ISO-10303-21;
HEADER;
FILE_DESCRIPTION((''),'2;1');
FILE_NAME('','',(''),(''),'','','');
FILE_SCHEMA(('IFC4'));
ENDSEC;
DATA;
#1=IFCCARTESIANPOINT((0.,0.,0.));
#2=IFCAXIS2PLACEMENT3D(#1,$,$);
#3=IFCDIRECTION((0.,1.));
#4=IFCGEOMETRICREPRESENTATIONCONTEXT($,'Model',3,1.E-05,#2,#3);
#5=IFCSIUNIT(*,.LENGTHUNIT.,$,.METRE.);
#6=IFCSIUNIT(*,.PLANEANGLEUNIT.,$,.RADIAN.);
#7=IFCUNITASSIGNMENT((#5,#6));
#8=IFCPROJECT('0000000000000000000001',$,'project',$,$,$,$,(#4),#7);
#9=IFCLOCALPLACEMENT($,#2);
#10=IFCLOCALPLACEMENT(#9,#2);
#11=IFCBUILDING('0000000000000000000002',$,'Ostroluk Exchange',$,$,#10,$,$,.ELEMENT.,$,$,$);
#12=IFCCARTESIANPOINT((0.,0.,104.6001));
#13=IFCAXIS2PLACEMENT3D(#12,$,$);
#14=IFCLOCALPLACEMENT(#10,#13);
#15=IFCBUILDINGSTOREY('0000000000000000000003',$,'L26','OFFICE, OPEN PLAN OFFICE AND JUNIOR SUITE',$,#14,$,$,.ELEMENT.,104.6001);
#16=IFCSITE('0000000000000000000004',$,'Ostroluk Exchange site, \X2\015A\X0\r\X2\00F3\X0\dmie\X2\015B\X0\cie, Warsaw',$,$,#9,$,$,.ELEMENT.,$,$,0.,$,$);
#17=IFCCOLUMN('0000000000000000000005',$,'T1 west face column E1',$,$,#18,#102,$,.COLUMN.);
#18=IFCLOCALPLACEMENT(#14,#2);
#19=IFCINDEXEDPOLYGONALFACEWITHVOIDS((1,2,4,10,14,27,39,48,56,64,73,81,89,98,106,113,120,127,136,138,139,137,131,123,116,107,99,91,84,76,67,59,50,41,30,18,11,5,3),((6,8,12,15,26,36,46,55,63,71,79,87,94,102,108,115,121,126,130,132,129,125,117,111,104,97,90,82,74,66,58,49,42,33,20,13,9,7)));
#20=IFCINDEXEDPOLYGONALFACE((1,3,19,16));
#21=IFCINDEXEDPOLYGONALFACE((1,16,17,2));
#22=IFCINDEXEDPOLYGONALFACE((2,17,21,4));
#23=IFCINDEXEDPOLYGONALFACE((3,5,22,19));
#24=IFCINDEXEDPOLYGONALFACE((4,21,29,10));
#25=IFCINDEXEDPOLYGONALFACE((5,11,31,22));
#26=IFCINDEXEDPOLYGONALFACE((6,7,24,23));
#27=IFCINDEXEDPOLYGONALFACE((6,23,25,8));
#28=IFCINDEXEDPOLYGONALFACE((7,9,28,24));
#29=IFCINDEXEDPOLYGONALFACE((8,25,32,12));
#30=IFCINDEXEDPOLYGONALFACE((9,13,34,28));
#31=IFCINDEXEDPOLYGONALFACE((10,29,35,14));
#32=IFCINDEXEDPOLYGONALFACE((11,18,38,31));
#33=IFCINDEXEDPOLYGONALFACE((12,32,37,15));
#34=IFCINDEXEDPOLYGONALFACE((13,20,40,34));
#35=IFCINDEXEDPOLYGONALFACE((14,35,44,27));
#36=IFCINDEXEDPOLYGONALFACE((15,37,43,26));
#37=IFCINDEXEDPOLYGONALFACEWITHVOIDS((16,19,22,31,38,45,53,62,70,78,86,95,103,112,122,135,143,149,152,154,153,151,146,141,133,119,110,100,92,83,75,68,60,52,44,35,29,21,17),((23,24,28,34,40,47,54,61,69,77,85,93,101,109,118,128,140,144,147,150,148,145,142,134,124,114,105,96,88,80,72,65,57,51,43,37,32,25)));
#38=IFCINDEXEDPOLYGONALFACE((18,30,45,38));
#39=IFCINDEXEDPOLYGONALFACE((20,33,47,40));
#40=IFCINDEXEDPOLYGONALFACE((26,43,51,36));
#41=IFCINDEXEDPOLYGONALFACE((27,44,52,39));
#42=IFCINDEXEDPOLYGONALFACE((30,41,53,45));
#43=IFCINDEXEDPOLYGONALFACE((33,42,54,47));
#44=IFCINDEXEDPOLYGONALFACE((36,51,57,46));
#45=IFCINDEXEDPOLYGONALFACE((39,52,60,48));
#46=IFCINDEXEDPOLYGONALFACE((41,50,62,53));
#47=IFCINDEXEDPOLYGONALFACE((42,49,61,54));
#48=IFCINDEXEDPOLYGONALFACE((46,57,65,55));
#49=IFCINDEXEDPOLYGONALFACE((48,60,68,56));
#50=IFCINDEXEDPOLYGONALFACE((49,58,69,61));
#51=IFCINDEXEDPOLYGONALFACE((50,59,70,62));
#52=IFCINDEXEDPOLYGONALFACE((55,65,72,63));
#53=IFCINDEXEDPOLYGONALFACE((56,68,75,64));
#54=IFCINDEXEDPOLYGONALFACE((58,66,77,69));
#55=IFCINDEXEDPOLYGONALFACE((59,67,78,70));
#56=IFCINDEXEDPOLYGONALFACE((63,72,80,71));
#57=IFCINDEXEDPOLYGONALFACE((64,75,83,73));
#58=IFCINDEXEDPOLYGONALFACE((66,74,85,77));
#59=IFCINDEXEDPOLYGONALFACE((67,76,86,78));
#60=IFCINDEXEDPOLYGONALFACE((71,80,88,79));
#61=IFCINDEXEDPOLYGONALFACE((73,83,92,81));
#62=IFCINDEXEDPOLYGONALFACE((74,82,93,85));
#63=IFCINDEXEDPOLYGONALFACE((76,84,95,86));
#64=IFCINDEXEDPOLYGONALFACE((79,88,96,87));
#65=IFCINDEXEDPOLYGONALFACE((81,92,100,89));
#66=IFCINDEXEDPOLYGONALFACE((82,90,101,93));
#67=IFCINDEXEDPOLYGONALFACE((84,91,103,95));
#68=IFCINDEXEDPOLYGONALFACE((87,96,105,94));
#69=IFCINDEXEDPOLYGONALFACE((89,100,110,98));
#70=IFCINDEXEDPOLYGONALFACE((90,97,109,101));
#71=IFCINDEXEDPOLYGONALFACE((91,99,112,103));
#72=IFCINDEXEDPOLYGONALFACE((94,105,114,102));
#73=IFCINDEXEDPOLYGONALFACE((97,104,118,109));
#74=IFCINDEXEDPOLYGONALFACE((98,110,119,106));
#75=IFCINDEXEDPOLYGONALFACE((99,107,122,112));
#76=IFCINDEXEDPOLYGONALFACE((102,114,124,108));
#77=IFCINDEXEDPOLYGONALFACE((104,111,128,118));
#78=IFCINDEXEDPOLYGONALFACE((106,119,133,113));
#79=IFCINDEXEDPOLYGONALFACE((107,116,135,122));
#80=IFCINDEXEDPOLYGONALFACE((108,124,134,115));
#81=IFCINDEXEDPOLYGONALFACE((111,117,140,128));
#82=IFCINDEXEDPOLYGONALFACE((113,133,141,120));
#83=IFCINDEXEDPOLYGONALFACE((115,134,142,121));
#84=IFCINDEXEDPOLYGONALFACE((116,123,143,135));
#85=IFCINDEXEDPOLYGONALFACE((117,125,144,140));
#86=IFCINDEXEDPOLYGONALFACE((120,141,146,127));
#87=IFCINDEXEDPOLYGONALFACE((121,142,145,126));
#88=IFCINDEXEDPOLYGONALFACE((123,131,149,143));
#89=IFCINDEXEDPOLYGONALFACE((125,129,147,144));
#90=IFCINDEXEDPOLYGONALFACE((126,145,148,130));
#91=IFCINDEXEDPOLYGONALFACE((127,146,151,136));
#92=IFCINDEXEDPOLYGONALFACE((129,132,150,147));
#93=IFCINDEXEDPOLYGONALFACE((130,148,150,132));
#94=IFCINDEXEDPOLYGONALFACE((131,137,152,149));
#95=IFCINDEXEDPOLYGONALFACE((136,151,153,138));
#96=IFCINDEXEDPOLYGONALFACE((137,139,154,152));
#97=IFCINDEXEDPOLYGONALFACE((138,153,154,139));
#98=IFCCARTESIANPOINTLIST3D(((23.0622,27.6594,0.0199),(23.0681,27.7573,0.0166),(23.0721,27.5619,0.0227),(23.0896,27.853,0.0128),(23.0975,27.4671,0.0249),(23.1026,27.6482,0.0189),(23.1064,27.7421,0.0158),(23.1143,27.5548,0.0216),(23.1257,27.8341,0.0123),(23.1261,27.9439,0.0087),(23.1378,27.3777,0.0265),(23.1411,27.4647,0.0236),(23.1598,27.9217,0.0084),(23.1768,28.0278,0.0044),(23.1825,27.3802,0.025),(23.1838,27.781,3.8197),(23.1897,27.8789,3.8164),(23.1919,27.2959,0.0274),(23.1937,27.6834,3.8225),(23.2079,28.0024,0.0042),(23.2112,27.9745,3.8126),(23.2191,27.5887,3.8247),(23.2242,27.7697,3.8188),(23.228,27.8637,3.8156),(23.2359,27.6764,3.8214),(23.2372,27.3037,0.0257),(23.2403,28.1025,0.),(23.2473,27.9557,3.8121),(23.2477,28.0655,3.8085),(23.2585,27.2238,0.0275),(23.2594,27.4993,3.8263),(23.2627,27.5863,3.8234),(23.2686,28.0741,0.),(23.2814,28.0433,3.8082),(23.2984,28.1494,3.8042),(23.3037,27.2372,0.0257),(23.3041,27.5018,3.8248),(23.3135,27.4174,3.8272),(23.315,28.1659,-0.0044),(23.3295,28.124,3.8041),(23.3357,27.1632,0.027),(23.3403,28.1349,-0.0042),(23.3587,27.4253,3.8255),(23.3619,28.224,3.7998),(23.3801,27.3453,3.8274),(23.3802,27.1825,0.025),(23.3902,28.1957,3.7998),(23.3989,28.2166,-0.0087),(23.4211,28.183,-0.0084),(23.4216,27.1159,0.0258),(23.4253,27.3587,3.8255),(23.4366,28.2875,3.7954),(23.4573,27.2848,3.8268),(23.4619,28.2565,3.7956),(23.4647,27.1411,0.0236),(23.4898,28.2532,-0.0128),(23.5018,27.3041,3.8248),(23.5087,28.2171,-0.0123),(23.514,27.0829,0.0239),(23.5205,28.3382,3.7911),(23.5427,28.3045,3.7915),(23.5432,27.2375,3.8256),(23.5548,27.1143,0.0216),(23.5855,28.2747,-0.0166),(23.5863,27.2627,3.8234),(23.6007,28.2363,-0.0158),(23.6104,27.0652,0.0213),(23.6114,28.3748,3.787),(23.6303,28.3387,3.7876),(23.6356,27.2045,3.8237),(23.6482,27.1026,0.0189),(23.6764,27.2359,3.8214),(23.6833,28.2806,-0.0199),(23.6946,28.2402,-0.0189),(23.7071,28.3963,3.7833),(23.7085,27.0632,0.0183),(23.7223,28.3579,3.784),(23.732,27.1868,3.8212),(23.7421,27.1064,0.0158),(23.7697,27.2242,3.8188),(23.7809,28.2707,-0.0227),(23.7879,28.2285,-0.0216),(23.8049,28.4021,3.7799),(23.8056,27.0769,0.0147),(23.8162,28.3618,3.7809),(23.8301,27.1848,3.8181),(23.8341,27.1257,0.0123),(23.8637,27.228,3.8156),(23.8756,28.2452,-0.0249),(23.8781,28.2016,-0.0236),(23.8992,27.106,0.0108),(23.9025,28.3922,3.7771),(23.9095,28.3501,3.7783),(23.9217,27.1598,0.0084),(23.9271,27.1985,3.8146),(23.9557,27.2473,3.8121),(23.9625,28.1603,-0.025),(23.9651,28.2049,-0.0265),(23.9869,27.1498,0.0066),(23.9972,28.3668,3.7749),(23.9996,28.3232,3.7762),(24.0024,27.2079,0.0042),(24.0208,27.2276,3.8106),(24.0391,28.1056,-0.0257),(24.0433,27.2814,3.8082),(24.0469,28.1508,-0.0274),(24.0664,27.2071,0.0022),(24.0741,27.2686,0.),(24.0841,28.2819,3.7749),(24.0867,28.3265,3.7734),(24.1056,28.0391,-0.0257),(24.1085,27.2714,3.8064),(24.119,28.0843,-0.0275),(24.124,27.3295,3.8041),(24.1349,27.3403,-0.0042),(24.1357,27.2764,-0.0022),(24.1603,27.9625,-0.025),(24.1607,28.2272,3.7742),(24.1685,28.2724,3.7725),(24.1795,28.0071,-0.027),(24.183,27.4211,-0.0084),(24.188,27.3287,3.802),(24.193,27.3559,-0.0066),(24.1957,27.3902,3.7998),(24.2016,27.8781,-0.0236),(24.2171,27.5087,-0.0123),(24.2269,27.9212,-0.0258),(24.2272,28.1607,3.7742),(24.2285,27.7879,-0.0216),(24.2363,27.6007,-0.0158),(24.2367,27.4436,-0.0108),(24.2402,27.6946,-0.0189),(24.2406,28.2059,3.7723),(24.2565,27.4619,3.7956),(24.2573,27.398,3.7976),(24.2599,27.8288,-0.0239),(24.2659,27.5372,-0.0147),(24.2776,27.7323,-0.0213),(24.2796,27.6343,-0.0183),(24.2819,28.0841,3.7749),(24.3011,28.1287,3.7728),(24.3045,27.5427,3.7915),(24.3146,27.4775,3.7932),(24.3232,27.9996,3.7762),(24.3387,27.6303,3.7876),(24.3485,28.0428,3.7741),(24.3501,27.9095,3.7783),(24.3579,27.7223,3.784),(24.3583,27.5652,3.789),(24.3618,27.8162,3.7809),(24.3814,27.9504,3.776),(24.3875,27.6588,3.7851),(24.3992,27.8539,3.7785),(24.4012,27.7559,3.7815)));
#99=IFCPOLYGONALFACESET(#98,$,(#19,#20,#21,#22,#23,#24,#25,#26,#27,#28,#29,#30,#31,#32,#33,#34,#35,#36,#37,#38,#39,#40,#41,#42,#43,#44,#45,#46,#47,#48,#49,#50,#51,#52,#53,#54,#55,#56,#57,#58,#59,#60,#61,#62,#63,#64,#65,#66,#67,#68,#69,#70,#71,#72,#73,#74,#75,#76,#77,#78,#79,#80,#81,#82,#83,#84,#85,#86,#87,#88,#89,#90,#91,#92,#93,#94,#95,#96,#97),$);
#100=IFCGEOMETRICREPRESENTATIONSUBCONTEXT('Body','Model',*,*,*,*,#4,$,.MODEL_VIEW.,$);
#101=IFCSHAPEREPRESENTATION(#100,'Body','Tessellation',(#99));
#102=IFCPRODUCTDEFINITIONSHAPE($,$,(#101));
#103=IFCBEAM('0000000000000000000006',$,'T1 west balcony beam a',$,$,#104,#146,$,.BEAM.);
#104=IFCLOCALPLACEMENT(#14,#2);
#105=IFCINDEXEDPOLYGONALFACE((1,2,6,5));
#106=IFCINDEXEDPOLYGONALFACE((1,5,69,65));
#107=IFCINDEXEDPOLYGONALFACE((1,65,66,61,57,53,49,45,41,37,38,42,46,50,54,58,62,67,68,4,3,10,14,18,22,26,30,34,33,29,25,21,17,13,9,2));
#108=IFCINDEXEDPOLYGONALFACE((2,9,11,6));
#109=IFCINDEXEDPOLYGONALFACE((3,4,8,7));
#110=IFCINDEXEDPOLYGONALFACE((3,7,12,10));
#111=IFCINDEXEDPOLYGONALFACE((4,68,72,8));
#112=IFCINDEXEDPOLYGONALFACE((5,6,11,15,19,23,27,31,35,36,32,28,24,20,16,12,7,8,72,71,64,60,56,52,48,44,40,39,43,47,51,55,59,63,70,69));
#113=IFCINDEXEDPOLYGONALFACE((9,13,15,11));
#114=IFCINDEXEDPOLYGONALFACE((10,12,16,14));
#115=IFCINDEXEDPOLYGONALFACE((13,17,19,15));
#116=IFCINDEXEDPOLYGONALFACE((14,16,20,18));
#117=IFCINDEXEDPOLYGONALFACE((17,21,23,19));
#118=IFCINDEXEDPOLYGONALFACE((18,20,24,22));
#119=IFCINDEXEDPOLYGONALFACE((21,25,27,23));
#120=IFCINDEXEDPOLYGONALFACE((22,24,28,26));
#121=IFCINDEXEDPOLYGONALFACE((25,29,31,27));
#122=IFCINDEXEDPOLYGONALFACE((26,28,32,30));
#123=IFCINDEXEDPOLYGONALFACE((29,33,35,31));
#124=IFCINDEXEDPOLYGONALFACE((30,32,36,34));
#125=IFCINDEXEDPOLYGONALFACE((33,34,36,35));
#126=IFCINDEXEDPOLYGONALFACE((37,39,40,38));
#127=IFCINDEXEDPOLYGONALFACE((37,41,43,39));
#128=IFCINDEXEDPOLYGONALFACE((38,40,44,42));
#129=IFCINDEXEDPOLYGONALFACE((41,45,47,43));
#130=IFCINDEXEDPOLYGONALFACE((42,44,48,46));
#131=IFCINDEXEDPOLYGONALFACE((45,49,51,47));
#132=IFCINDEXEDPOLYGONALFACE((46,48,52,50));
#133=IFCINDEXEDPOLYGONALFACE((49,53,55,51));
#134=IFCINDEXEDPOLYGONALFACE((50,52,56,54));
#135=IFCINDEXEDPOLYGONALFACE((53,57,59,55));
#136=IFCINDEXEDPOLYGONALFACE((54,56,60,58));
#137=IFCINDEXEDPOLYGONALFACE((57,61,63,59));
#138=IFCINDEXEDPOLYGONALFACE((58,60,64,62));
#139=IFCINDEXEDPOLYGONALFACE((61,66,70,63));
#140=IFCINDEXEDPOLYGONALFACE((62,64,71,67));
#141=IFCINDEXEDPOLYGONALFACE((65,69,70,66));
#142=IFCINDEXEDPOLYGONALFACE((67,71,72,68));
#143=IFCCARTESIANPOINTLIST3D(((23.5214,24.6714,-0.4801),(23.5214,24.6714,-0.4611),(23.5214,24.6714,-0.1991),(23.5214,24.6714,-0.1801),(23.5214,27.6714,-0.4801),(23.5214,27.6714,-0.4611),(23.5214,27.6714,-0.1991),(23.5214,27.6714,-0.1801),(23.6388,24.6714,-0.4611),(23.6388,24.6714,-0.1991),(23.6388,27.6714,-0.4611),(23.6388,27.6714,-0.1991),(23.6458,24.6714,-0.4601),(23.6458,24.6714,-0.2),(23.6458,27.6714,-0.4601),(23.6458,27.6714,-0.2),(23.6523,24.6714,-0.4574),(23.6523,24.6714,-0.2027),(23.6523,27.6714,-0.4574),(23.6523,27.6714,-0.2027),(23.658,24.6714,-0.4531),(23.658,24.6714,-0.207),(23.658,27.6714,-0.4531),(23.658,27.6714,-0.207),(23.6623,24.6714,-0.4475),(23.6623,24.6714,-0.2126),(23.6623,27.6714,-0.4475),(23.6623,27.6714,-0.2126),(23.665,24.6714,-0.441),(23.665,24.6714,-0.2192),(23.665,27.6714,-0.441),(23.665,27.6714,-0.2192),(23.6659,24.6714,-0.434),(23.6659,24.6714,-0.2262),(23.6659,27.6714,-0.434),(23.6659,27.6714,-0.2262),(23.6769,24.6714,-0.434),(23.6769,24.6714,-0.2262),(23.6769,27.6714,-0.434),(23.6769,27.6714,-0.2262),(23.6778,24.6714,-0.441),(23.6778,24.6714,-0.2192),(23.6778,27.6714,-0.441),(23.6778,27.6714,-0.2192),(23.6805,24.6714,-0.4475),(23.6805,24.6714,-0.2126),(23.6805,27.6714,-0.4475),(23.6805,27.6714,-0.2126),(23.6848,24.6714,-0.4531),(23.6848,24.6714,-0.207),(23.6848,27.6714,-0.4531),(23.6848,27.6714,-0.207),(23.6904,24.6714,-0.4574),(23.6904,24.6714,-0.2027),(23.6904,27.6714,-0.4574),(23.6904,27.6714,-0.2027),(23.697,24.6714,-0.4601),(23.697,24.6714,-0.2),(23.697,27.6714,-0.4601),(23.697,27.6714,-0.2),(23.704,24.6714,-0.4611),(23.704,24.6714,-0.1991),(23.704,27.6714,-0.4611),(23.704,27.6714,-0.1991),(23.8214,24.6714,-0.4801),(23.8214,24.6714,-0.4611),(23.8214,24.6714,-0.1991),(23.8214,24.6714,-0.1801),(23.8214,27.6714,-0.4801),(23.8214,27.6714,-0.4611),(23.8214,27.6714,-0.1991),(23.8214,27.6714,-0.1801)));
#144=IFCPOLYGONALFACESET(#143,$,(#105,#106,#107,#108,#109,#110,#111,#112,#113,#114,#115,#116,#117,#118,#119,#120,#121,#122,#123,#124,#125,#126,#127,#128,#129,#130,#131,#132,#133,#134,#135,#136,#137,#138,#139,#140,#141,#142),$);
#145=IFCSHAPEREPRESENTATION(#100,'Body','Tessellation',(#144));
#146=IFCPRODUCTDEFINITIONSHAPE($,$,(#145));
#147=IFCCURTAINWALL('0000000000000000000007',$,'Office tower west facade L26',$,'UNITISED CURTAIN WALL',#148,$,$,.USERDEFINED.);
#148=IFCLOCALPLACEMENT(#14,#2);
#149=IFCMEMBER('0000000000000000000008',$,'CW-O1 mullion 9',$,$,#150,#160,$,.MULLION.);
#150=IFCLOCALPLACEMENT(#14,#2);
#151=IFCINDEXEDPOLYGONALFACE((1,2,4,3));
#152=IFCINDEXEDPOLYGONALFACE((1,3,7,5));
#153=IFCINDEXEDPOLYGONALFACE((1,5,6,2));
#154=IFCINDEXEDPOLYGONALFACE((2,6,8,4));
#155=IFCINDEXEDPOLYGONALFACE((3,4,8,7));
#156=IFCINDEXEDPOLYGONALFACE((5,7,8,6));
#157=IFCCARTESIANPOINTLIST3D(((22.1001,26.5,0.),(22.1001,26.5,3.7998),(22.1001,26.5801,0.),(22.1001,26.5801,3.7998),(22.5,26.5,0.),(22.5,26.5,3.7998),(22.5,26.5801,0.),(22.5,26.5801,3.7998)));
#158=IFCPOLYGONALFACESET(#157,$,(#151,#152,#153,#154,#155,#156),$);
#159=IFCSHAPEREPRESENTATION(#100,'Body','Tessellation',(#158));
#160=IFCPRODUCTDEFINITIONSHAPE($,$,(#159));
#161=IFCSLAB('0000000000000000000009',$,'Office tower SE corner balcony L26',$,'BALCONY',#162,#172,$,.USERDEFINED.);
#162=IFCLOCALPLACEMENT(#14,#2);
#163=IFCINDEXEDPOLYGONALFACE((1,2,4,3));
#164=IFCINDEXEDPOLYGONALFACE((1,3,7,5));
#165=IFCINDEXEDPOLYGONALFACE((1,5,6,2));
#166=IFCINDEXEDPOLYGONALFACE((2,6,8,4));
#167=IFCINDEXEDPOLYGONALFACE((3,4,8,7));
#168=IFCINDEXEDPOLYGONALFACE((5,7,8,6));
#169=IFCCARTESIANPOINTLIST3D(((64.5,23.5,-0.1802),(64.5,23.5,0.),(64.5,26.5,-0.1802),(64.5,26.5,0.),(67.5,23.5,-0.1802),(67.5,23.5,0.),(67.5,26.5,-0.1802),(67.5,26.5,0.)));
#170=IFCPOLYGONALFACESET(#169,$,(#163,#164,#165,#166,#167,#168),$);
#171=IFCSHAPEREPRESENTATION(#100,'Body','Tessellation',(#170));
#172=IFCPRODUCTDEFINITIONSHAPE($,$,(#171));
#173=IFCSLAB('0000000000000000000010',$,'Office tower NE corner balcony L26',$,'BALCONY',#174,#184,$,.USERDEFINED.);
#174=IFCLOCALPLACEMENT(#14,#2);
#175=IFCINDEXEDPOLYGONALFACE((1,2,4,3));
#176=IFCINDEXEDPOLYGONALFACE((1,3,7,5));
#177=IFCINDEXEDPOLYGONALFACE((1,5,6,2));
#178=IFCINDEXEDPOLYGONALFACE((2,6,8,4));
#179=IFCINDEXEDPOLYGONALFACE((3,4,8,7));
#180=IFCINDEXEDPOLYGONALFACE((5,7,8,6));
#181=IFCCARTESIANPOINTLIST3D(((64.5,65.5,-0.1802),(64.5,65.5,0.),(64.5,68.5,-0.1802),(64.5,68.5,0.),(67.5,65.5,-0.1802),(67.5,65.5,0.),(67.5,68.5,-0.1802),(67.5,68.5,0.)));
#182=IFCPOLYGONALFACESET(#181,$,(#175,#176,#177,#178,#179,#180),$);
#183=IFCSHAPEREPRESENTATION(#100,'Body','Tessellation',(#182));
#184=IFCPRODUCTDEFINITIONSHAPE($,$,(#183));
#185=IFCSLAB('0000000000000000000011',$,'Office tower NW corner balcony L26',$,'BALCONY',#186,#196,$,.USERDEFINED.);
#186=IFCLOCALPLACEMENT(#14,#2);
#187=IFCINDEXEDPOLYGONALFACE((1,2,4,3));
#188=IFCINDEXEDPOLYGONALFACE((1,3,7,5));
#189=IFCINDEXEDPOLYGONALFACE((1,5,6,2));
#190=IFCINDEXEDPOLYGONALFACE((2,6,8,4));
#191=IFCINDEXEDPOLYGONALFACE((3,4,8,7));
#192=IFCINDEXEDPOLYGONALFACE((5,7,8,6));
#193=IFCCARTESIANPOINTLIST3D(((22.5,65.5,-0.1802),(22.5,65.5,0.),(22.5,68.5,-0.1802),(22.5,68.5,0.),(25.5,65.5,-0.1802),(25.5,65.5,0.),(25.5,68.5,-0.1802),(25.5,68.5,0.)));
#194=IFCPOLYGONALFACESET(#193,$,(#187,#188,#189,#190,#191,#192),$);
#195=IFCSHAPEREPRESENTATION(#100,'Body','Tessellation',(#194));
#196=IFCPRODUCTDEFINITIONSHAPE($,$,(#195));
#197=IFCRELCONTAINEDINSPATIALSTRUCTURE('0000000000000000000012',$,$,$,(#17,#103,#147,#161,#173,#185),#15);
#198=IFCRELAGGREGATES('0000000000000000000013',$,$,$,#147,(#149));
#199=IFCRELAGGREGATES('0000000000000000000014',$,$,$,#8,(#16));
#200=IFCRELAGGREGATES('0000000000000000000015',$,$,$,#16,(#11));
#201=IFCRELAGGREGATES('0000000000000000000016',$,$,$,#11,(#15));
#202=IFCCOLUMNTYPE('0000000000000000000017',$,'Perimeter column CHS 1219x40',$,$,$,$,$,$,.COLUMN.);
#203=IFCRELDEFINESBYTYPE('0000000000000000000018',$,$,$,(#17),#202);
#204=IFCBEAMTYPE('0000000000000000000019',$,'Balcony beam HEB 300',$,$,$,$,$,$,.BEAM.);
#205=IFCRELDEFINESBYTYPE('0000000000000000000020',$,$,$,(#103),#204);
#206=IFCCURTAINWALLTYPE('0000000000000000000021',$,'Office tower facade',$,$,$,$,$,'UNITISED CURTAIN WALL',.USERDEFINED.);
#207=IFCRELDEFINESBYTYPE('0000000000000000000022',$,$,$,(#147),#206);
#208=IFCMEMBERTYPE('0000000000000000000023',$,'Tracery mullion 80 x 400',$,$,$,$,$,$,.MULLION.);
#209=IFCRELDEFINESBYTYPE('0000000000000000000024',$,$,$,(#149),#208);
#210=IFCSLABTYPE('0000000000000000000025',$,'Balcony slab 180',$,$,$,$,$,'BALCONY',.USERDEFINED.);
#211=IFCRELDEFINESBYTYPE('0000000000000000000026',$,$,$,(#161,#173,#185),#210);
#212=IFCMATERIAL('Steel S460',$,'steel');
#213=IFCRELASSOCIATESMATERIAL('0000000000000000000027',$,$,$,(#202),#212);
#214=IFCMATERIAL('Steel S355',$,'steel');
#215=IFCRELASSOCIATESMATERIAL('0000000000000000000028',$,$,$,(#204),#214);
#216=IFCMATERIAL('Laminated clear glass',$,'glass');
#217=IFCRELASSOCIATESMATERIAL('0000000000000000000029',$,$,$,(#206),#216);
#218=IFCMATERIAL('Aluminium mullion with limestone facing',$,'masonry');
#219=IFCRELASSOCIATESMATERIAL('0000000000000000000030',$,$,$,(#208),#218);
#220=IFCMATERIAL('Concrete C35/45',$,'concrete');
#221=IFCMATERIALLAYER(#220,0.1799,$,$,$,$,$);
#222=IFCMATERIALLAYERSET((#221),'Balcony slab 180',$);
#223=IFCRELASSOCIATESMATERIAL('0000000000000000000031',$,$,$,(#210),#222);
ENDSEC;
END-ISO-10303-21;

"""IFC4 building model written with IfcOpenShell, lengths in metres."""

from ifc_helpers import new_model, si_unit, direction, frame, origin, origin_2d, place, context, subcontext, project, spatial, polyline, rectangle, hollow_circle, i_section, outline, extrude, material, layer, layer_set, material_profile, profile_set, type_object, element, aggregate, save


model = new_model("IFC4")

# Units and contexts
model_context = context("Model", 3, precision=1e-05, world=origin(), true_north=direction((0.0, 1.0)))
body_context = subcontext(model_context, "Body", "Model", "MODEL_VIEW")
ifc_project = project(units=[si_unit("LENGTHUNIT", "METRE"), si_unit("PLANEANGLEUNIT", "RADIAN")], contexts=[model_context])

# Site, building, storey
site_placement = place(None, origin())
site = spatial("IfcSite", under=ifc_project, at=site_placement, Name="Ostroluk Exchange site, Śródmieście, Warsaw", CompositionType="ELEMENT", RefElevation=0.0)
building_placement = place(site_placement, origin())
building = spatial("IfcBuilding", under=site, at=building_placement, Name="Ostroluk Exchange", CompositionType="ELEMENT")
storey_placement = place(building_placement, frame((0.0, 0.0, 104.6001)))
storey = spatial("IfcBuildingStorey", under=building, at=storey_placement, Name="L26", Description="OFFICE, OPEN PLAN OFFICE AND JUNIOR SUITE", CompositionType="ELEMENT", Elevation=104.6001)

# Column
ifc_material_1 = material(Name="Steel S460", Category="steel")
ifc_material_profile_1 = material_profile(ifc_material_1, hollow_circle(Radius=0.6096, WallThickness=0.04, at=origin_2d()), Name="CHS 1219x40")
ifc_profile_set_1 = profile_set([ifc_material_profile_1], Name="Steel S460")
column_type = type_object("IfcColumnType", Name="Perimeter column CHS 1219x40", PredefinedType="COLUMN", material=ifc_profile_set_1)
column_placement = place(storey_placement, frame((23.6714, 27.6714, 0.0), z_axis=(0.031964, 0.031964, 0.998978), x_axis=(-0.707107, 0.707107, 0.0)))
element("IfcColumn", 1, at=column_placement, inside=storey, type_object=column_type, Name="T1 west face column E1", PredefinedType="COLUMN", context=body_context, shape_type="SweptSolid", body=[
    extrude(hollow_circle(Radius=0.6096, WallThickness=0.04, at=origin_2d()), origin(), (0.0, 0.0, 1.0), 3.8037),
])

# Beam
ifc_material_2 = material(Name="Steel S355", Category="steel")
ifc_material_profile_2 = material_profile(ifc_material_2, i_section(OverallWidth=0.3, OverallDepth=0.3, WebThickness=0.011, FlangeThickness=0.019, FilletRadius=0.0271, at=origin_2d()), Name="HEB 300")
ifc_profile_set_2 = profile_set([ifc_material_profile_2], Name="Steel S355")
beam_type = type_object("IfcBeamType", Name="Balcony beam HEB 300", PredefinedType="BEAM", material=ifc_profile_set_2)
beam_placement = place(storey_placement, frame((23.6714, 27.6714, -0.3301), z_axis=(0.0, -1.0, 0.0), x_axis=(1.0, 0.0, 0.0)))
element("IfcBeam", 2, at=beam_placement, inside=storey, type_object=beam_type, Name="T1 west balcony beam a", PredefinedType="BEAM", context=body_context, shape_type="SweptSolid", body=[
    extrude(i_section(OverallWidth=0.3, OverallDepth=0.3, WebThickness=0.011, FlangeThickness=0.019, FilletRadius=0.0271, at=origin_2d()), origin(), (0.0, 0.0, 1.0), 3.0),
])

# Curtain wall, member
ifc_material_3 = material(Name="Laminated clear glass", Category="glass")
curtain_wall_type = type_object("IfcCurtainWallType", Name="Office tower facade", ElementType="UNITISED CURTAIN WALL", PredefinedType="USERDEFINED", material=ifc_material_3)
curtain_wall_placement = place(storey_placement, origin())
curtain_wall = element("IfcCurtainWall", 3, at=curtain_wall_placement, inside=storey, type_object=curtain_wall_type, Name="Office tower west facade L26", ObjectType="UNITISED CURTAIN WALL", PredefinedType="USERDEFINED")
ifc_material_4 = material(Name="Aluminium mullion with limestone facing", Category="masonry")
ifc_material_profile_3 = material_profile(ifc_material_4, rectangle(XDim=0.3999, YDim=0.0801, at=origin_2d()), Name="Tracery mullion 80 x 400")
ifc_profile_set_3 = profile_set([ifc_material_profile_3], Name="Aluminium mullion with limestone facing")
member_type = type_object("IfcMemberType", Name="Tracery mullion 80 x 400", PredefinedType="MULLION", material=ifc_profile_set_3)
member_placement = place(storey_placement, frame((22.3, 26.54, 0.0), z_axis=(0.0, 0.0, 1.0), x_axis=(1.0, 0.0, 0.0)))
member = element("IfcMember", 4, at=member_placement, type_object=member_type, Name="CW-O1 mullion 9", PredefinedType="MULLION", context=body_context, shape_type="SweptSolid", body=[
    extrude(rectangle(XDim=0.3999, YDim=0.0801, at=origin_2d()), origin(), (0.0, 0.0, 1.0), 3.7998),
])
aggregate(curtain_wall, [member])

# Slabs
ifc_material_5 = material(Name="Concrete C35/45", Category="concrete")
ifc_layer_1 = layer(ifc_material_5, 0.1799)
ifc_layer_set_1 = layer_set([ifc_layer_1], Name="Balcony slab 180")
slab_type_1 = type_object("IfcSlabType", Name="Balcony slab 180", ElementType="BALCONY", PredefinedType="USERDEFINED", material=ifc_layer_set_1)
slab_1_placement = place(storey_placement, frame((0.0, 0.0, -0.1802)))
element("IfcSlab", 5, at=slab_1_placement, inside=storey, type_object=slab_type_1, Name="Office tower SE corner balcony L26", ObjectType="BALCONY", PredefinedType="USERDEFINED", context=body_context, shape_type="SweptSolid", body=[
    extrude(outline(polyline([(64.5, 23.5), (67.5, 23.5), (67.5, 26.5), (64.5, 26.5), (64.5, 23.5)])), origin(), (0.0, 0.0, 1.0), 0.1802),
])
slab_2_placement = place(storey_placement, frame((0.0, 0.0, -0.1802)))
element("IfcSlab", 6, at=slab_2_placement, inside=storey, type_object=slab_type_1, Name="Office tower NE corner balcony L26", ObjectType="BALCONY", PredefinedType="USERDEFINED", context=body_context, shape_type="SweptSolid", body=[
    extrude(outline(polyline([(64.5, 65.5), (67.5, 65.5), (67.5, 68.5), (64.5, 68.5), (64.5, 65.5)])), origin(), (0.0, 0.0, 1.0), 0.1802),
])
slab_3_placement = place(storey_placement, frame((0.0, 0.0, -0.1802)))
element("IfcSlab", 7, at=slab_3_placement, inside=storey, type_object=slab_type_1, Name="Office tower NW corner balcony L26", ObjectType="BALCONY", PredefinedType="USERDEFINED", context=body_context, shape_type="SweptSolid", body=[
    extrude(outline(polyline([(22.5, 65.5), (25.5, 65.5), (25.5, 68.5), (22.5, 68.5), (22.5, 65.5)])), origin(), (0.0, 0.0, 1.0), 0.1802),
])

save(model, "model.ifc")
